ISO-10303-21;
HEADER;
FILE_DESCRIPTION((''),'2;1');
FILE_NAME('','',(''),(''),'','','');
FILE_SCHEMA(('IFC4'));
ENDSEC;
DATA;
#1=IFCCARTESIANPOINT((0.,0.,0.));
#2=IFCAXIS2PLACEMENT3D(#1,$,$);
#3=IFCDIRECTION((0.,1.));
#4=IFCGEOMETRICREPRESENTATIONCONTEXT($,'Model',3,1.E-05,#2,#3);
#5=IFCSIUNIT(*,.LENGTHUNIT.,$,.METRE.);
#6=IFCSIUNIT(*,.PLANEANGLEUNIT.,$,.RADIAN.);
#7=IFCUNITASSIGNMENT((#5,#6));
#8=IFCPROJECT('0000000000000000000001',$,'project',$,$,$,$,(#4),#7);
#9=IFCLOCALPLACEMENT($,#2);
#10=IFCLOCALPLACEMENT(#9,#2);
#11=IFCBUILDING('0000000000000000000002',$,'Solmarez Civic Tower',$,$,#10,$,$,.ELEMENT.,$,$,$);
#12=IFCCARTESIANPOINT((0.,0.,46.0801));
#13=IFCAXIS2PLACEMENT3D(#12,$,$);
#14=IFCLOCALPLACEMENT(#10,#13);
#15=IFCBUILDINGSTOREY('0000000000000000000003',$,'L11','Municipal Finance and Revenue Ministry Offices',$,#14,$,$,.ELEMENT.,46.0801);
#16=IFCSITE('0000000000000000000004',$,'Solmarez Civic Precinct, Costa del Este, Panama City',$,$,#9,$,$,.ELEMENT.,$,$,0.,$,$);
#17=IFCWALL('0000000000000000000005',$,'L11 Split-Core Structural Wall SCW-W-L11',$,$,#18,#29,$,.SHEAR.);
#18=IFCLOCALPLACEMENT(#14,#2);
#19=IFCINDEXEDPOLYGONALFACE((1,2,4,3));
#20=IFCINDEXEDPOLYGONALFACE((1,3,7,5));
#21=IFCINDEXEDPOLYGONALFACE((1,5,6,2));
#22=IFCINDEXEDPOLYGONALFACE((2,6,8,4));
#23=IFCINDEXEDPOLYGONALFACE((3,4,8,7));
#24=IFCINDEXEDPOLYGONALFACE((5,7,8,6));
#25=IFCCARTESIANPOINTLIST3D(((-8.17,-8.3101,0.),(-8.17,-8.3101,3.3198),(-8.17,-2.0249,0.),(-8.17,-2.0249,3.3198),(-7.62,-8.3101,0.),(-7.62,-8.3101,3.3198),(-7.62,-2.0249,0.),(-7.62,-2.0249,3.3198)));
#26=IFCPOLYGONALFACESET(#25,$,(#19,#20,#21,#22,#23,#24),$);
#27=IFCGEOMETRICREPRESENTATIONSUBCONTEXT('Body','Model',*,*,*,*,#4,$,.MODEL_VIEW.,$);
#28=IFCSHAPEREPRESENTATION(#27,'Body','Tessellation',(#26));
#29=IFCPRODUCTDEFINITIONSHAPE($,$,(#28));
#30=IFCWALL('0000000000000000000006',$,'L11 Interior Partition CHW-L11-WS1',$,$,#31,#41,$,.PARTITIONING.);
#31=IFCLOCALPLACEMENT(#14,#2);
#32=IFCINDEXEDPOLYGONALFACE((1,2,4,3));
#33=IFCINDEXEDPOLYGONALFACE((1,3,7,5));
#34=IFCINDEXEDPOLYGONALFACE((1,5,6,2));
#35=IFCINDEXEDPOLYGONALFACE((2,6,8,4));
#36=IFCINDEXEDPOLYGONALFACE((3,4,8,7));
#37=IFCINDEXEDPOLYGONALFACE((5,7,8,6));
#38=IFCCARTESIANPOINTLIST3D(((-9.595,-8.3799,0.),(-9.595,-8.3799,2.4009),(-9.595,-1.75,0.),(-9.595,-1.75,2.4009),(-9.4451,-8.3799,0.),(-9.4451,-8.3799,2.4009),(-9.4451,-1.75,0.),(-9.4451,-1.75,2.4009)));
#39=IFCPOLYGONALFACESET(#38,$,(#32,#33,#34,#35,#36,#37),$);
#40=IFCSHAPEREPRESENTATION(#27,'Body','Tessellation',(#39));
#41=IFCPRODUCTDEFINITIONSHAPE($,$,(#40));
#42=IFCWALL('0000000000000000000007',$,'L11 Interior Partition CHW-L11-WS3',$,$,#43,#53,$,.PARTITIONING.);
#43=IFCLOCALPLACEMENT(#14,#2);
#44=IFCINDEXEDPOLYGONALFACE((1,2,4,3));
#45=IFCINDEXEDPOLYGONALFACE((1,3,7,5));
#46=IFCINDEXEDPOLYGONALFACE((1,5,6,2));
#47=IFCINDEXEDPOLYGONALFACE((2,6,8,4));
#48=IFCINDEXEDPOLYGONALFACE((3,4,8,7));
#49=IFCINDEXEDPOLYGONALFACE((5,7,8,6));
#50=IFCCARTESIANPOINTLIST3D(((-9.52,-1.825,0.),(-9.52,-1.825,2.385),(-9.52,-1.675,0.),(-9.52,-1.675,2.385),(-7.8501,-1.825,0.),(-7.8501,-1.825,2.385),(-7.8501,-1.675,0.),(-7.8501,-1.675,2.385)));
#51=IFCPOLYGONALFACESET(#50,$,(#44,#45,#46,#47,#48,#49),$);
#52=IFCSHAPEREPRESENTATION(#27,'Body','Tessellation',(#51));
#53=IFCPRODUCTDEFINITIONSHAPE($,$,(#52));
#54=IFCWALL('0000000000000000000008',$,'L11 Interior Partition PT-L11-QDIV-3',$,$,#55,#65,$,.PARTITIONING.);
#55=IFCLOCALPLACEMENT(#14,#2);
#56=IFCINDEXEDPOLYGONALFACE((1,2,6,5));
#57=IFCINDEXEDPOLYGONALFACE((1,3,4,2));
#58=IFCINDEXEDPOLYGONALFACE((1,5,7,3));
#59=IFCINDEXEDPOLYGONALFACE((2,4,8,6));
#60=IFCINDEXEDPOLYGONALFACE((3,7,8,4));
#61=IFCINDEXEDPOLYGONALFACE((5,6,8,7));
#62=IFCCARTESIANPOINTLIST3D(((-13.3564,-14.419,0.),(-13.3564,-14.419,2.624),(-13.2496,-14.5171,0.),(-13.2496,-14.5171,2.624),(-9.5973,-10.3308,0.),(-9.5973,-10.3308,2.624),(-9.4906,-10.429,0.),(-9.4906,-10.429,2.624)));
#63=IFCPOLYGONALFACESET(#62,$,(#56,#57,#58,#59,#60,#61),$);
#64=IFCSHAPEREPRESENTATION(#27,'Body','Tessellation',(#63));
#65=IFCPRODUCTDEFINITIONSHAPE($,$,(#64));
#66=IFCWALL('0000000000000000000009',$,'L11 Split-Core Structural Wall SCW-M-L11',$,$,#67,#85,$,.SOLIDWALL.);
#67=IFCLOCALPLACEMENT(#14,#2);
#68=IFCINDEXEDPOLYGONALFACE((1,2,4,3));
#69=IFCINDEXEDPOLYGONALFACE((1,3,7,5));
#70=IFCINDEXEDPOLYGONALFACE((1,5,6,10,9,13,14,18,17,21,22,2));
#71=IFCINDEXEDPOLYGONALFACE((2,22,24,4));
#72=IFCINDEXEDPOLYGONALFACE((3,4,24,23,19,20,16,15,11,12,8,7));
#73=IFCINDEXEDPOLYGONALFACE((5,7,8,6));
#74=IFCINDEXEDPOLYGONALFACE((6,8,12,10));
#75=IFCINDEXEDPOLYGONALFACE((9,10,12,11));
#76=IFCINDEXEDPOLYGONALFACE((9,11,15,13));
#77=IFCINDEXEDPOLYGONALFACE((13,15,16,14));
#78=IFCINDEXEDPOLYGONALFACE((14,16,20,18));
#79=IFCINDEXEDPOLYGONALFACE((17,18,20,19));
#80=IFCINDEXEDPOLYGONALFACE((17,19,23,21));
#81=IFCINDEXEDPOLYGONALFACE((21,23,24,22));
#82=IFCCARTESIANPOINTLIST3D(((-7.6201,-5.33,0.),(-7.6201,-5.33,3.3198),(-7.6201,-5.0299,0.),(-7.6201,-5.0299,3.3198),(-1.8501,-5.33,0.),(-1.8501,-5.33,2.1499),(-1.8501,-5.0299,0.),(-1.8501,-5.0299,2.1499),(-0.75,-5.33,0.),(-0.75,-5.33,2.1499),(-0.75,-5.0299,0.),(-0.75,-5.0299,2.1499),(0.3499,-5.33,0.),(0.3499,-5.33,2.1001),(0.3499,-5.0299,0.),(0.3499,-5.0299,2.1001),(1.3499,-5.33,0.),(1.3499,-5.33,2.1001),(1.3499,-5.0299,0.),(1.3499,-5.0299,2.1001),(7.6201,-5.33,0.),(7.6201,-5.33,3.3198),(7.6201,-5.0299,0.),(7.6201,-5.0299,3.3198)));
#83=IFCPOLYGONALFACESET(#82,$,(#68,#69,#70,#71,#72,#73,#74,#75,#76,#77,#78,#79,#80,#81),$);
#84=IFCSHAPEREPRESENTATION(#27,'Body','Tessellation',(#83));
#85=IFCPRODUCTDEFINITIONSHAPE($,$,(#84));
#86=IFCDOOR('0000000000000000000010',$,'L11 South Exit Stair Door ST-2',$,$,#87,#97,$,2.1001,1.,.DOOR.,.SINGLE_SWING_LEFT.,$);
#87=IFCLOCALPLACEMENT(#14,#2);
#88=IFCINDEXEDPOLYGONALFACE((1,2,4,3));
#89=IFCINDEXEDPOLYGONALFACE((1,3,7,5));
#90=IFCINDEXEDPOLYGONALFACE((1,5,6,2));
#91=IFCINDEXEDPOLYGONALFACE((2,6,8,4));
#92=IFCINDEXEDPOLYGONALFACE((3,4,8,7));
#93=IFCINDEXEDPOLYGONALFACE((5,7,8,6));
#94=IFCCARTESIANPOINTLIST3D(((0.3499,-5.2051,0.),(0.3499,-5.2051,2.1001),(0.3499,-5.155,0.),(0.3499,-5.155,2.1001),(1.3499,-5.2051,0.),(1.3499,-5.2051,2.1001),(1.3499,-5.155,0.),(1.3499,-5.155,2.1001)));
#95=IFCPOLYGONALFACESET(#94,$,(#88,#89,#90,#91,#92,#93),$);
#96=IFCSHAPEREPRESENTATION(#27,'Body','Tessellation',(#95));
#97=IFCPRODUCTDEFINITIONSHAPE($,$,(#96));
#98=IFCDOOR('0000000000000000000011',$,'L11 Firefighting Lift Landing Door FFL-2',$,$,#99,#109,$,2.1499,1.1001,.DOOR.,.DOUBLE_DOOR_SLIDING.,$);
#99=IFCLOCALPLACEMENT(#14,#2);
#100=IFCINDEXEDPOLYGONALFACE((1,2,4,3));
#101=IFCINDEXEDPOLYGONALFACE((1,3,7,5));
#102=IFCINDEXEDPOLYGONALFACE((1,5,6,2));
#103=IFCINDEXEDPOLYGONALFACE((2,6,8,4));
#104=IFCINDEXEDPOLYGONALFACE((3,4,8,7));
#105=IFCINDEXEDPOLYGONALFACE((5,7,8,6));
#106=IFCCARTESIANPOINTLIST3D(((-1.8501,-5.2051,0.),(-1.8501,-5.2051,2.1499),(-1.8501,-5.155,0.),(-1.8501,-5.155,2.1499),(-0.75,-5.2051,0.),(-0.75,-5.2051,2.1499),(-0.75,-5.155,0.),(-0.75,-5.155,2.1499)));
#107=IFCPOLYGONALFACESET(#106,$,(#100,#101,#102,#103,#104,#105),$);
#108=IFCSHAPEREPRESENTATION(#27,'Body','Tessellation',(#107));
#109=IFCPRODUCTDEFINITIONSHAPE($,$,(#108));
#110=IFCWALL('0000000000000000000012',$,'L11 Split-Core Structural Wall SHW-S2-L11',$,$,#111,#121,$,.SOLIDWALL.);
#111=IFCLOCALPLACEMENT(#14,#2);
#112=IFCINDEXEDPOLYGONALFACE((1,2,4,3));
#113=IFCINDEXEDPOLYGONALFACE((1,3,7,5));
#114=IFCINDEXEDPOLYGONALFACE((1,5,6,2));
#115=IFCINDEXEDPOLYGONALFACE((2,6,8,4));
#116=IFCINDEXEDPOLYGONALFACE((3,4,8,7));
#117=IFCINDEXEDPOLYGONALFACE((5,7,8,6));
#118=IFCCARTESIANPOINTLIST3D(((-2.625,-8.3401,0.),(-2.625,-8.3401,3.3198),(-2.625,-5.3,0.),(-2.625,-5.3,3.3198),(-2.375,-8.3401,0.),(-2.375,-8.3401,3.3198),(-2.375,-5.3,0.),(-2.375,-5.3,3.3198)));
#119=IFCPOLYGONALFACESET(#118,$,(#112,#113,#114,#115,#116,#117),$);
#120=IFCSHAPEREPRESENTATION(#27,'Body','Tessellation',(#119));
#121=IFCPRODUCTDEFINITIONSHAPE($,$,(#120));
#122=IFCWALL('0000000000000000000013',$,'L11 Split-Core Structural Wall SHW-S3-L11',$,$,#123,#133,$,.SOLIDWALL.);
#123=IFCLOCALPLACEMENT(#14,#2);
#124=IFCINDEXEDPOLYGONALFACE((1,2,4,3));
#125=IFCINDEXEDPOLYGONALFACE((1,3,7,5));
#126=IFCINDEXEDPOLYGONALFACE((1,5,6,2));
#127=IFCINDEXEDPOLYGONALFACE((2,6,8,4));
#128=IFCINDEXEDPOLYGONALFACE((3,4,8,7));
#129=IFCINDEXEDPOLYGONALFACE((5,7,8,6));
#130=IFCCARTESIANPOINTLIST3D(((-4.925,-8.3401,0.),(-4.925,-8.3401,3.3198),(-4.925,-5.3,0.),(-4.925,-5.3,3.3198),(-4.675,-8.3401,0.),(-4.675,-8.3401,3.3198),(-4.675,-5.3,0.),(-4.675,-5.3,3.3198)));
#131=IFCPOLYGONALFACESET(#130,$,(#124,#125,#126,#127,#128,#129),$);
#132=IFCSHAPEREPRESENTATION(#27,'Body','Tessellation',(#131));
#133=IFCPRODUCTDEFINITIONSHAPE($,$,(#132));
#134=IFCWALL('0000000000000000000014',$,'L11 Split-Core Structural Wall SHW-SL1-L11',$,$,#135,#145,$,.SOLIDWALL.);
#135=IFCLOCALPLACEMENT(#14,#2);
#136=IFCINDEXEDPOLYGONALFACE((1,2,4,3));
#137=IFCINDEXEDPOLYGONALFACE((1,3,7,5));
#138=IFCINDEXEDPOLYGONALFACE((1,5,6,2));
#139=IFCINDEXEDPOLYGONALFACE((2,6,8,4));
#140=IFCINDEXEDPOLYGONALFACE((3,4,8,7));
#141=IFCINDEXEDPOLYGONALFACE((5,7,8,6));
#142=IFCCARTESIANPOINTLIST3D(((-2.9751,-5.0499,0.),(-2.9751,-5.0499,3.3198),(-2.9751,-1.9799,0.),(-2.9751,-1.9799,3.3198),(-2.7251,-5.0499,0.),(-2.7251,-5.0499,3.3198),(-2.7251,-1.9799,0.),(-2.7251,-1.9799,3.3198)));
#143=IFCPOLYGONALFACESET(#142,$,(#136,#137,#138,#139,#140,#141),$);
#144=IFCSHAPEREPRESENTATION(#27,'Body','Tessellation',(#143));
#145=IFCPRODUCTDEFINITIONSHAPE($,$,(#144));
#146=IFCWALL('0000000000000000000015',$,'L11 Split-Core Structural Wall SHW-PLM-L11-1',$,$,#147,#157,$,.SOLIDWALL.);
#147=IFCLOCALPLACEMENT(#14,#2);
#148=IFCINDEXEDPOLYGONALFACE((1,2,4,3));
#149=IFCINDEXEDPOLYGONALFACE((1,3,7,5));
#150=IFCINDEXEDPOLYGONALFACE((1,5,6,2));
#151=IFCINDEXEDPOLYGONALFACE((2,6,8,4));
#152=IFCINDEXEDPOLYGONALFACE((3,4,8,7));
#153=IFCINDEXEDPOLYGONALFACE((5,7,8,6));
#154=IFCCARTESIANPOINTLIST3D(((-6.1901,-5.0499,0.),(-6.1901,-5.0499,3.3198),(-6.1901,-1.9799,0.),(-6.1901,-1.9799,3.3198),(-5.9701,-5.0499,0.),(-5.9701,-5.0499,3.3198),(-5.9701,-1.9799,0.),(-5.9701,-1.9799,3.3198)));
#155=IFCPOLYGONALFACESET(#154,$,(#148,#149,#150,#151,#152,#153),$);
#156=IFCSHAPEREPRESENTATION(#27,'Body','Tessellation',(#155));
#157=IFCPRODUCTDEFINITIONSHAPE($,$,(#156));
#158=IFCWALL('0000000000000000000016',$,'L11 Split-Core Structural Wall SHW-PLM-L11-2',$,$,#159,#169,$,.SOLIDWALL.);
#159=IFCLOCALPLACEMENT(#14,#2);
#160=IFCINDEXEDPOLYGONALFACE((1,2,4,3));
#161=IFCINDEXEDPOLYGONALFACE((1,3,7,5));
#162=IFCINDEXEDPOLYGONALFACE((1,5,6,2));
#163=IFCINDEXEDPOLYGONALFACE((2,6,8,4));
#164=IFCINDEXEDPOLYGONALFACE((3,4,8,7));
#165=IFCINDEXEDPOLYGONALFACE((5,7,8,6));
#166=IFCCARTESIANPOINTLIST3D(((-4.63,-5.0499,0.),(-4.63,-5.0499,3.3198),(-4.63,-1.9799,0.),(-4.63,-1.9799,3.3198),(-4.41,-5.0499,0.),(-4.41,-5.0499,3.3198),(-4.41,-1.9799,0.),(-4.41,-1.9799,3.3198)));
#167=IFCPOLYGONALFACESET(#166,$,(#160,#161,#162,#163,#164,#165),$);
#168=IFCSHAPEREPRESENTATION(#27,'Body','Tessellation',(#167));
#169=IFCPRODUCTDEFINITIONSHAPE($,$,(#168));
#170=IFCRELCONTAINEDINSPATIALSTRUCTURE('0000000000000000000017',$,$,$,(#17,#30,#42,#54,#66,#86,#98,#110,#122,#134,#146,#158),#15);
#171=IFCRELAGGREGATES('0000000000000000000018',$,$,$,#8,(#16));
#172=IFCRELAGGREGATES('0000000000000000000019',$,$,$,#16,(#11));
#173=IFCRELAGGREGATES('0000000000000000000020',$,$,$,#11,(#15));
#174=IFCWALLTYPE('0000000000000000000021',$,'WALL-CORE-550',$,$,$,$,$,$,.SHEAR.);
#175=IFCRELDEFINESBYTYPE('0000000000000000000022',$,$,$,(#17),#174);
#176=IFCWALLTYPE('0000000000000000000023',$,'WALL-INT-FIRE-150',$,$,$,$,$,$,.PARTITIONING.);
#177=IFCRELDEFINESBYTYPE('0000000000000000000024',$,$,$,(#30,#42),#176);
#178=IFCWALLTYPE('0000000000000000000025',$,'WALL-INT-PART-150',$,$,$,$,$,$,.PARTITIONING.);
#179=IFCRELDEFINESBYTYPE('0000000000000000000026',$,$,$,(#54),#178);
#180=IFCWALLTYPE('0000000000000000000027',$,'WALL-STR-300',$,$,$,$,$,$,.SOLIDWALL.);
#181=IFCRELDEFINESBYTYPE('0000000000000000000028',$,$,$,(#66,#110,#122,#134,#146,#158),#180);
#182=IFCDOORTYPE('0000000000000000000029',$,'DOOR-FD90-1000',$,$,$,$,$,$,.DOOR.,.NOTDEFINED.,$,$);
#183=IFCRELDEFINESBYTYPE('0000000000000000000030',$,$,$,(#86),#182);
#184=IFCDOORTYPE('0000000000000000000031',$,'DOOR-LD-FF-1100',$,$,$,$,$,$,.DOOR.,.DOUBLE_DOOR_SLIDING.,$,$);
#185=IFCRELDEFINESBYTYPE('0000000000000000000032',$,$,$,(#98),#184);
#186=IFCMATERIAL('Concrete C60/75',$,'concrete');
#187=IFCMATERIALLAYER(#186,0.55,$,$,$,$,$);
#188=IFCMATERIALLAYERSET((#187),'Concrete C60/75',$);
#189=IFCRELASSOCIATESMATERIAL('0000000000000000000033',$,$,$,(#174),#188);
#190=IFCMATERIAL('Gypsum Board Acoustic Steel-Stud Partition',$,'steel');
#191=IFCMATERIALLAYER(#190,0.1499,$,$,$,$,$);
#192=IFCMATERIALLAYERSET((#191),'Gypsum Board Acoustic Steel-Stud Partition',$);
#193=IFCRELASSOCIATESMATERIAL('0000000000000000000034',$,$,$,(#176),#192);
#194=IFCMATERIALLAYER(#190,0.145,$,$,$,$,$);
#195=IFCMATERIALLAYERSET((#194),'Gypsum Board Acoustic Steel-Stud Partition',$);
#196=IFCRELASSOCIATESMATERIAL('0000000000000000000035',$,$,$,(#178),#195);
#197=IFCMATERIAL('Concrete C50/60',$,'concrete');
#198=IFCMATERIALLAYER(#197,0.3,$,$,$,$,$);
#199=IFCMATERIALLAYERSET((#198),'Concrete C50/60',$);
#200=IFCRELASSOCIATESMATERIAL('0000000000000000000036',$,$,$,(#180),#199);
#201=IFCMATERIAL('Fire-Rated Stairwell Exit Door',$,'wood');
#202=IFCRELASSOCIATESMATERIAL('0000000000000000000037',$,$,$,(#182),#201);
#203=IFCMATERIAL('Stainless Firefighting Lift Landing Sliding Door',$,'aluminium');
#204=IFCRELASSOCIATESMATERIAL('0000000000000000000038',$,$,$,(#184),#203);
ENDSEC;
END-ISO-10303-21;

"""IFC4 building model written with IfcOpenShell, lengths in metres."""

from ifc_helpers import new_model, si_unit, direction, frame, frame_2d, origin, place, context, subcontext, project, spatial, rectangle, extrude, material, layer, layer_set, type_object, element, fill, save


model = new_model("IFC4")

# Units and contexts
model_context = context("Model", 3, precision=1e-05, world=origin(), true_north=direction((0.0, 1.0)))
body_context = subcontext(model_context, "Body", "Model", "MODEL_VIEW")
ifc_project = project(units=[si_unit("LENGTHUNIT", "METRE"), si_unit("PLANEANGLEUNIT", "RADIAN")], contexts=[model_context])

# Site, building, storey
site_placement = place(None, origin())
site = spatial("IfcSite", under=ifc_project, at=site_placement, Name="Solmarez Civic Precinct, Costa del Este, Panama City", CompositionType="ELEMENT", RefElevation=0.0)
building_placement = place(site_placement, origin())
building = spatial("IfcBuilding", under=site, at=building_placement, Name="Solmarez Civic Tower", CompositionType="ELEMENT")
storey_placement = place(building_placement, frame((0.0, 0.0, 46.0801)))
storey = spatial("IfcBuildingStorey", under=building, at=storey_placement, Name="L11", Description="Municipal Finance and Revenue Ministry Offices", CompositionType="ELEMENT", Elevation=46.0801)

# Shared definitions
ifc_material_1 = material(Name="Concrete C60/75", Category="concrete")

# Shared definitions
ifc_layer_1 = layer(ifc_material_1, 0.55)
ifc_layer_set_1 = layer_set([ifc_layer_1], Name="Concrete C60/75")
wall_type_1 = type_object("IfcWallType", Name="WALL-CORE-550", PredefinedType="SHEAR", material=ifc_layer_set_1)

# Walls
wall_1_placement = place(storey_placement, frame((-7.895, -8.3101, 0.0), z_axis=(0.0, 0.0, 1.0), x_axis=(0.0, 1.0, 0.0)))
element("IfcWall", 1, at=wall_1_placement, inside=storey, type_object=wall_type_1, Name="L11 Split-Core Structural Wall SCW-W-L11", PredefinedType="SHEAR", context=body_context, shape_type="SweptSolid", body=[
    extrude(rectangle(XDim=6.2852, YDim=0.55, at=frame_2d((3.1426, 0.0))), origin(), (0.0, 0.0, 1.0), 3.3198),
])
ifc_material_2 = material(Name="Gypsum Board Acoustic Steel-Stud Partition", Category="steel")
ifc_layer_2 = layer(ifc_material_2, 0.1499)
ifc_layer_set_2 = layer_set([ifc_layer_2], Name="Gypsum Board Acoustic Steel-Stud Partition")
wall_type_2 = type_object("IfcWallType", Name="WALL-INT-FIRE-150", PredefinedType="PARTITIONING", material=ifc_layer_set_2)
wall_2_placement = place(storey_placement, frame((-9.52, -8.3799, 0.0), z_axis=(0.0, 0.0, 1.0), x_axis=(0.0, 1.0, 0.0)))
element("IfcWall", 2, at=wall_2_placement, inside=storey, type_object=wall_type_2, Name="L11 Interior Partition CHW-L11-WS1", PredefinedType="PARTITIONING", context=body_context, shape_type="SweptSolid", body=[
    extrude(rectangle(XDim=6.6299, YDim=0.1499, at=frame_2d((3.3149, 0.0))), origin(), (0.0, 0.0, 1.0), 2.4009),
])
wall_3_placement = place(storey_placement, frame((-7.8501, -1.75, 0.0), z_axis=(0.0, 0.0, 1.0), x_axis=(-1.0, 0.0, 0.0)))
element("IfcWall", 3, at=wall_3_placement, inside=storey, type_object=wall_type_2, Name="L11 Interior Partition CHW-L11-WS3", PredefinedType="PARTITIONING", context=body_context, shape_type="SweptSolid", body=[
    extrude(rectangle(XDim=1.6699, YDim=0.1499, at=frame_2d((0.835, 0.0))), origin(), (0.0, 0.0, 1.0), 2.385),
])
ifc_layer_3 = layer(ifc_material_2, 0.145)
ifc_layer_set_3 = layer_set([ifc_layer_3], Name="Gypsum Board Acoustic Steel-Stud Partition")
wall_type_3 = type_object("IfcWallType", Name="WALL-INT-PART-150", PredefinedType="PARTITIONING", material=ifc_layer_set_3)
wall_4_placement = place(storey_placement, frame((-9.5439, -10.3799, 0.0), z_axis=(0.0, 0.0, 1.0), x_axis=(-0.676857, -0.736115, 0.0)))
element("IfcWall", 4, at=wall_4_placement, inside=storey, type_object=wall_type_3, Name="L11 Interior Partition PT-L11-QDIV-3", PredefinedType="PARTITIONING", context=body_context, shape_type="SweptSolid", body=[
    extrude(rectangle(XDim=5.5537, YDim=0.145, at=frame_2d((2.7769, 0.0))), origin(), (0.0, 0.0, 1.0), 2.624),
])

# Wall, openings, doors
ifc_material_3 = material(Name="Concrete C50/60", Category="concrete")
ifc_layer_4 = layer(ifc_material_3, 0.3)
ifc_layer_set_4 = layer_set([ifc_layer_4], Name="Concrete C50/60")
wall_type_4 = type_object("IfcWallType", Name="WALL-STR-300", PredefinedType="SOLIDWALL", material=ifc_layer_set_4)
wall_5_placement = place(storey_placement, frame((-7.6201, -5.1799, 0.0), z_axis=(0.0, 0.0, 1.0), x_axis=(1.0, 0.0, 0.0)))
wall_5 = element("IfcWall", 5, at=wall_5_placement, inside=storey, type_object=wall_type_4, Name="L11 Split-Core Structural Wall SCW-M-L11", PredefinedType="SOLIDWALL", context=body_context, shape_type="SweptSolid", body=[
    extrude(rectangle(XDim=15.2402, YDim=0.3, at=frame_2d((7.6201, 0.0))), origin(), (0.0, 0.0, 1.0), 3.3198),
])
opening_1_placement = place(wall_5_placement, frame((5.77, 0.0, 0.0)))
opening_1 = element("IfcOpeningElement", 6, at=opening_1_placement, cuts=wall_5, PredefinedType="OPENING", context=body_context, shape_type="SweptSolid", body=[
    extrude(rectangle(XDim=1.1001, YDim=2.1499, at=frame_2d((0.55, 1.075))), frame((0.0, 0.1599, 0.0), z_axis=(0.0, -1.0, 0.0), x_axis=(1.0, 0.0, 0.0)), (0.0, 0.0, 1.0), 0.3201),
])
opening_2_placement = place(wall_5_placement, frame((7.97, 0.0, 0.0)))
opening_2 = element("IfcOpeningElement", 7, at=opening_2_placement, cuts=wall_5, PredefinedType="OPENING", context=body_context, shape_type="SweptSolid", body=[
    extrude(rectangle(XDim=1.0, YDim=2.1001, at=frame_2d((0.5, 1.05))), frame((0.0, 0.1599, 0.0), z_axis=(0.0, -1.0, 0.0), x_axis=(1.0, 0.0, 0.0)), (0.0, 0.0, 1.0), 0.3201),
])
ifc_material_4 = material(Name="Fire-Rated Stairwell Exit Door", Category="wood")
door_type_1 = type_object("IfcDoorType", Name="DOOR-FD90-1000", OperationType="NOTDEFINED", PredefinedType="DOOR", material=ifc_material_4)
door_1_placement = place(opening_2_placement, origin())
door_1 = element("IfcDoor", 8, at=door_1_placement, inside=storey, type_object=door_type_1, Name="L11 South Exit Stair Door ST-2", OperationType="SINGLE_SWING_LEFT", OverallHeight=2.1001, OverallWidth=1.0, PredefinedType="DOOR", context=body_context, shape_type="SweptSolid", body=[
    extrude(rectangle(XDim=1.0, YDim=2.1001, at=frame_2d((0.5, 1.05))), frame((0.0, 0.0249, 0.0), z_axis=(0.0, -1.0, 0.0), x_axis=(1.0, 0.0, 0.0)), (0.0, 0.0, 1.0), 0.05),
])
fill(opening_2, door_1)
ifc_material_5 = material(Name="Stainless Firefighting Lift Landing Sliding Door", Category="aluminium")
door_type_2 = type_object("IfcDoorType", Name="DOOR-LD-FF-1100", OperationType="DOUBLE_DOOR_SLIDING", PredefinedType="DOOR", material=ifc_material_5)
door_2_placement = place(opening_1_placement, origin())
door_2 = element("IfcDoor", 9, at=door_2_placement, inside=storey, type_object=door_type_2, Name="L11 Firefighting Lift Landing Door FFL-2", OperationType="DOUBLE_DOOR_SLIDING", OverallHeight=2.1499, OverallWidth=1.1001, PredefinedType="DOOR", context=body_context, shape_type="SweptSolid", body=[
    extrude(rectangle(XDim=1.1001, YDim=2.1499, at=frame_2d((0.55, 1.075))), frame((0.0, 0.0249, 0.0), z_axis=(0.0, -1.0, 0.0), x_axis=(1.0, 0.0, 0.0)), (0.0, 0.0, 1.0), 0.05),
])
fill(opening_1, door_2)

# Walls
for number, where, z_axis, x_axis, name in (
    (10, (-2.5, -8.3401, 0.0), (0.0, 0.0, 1.0), (0.0, 1.0, 0.0), "L11 Split-Core Structural Wall SHW-S2-L11"),
    (11, (-4.8, -8.3401, 0.0), (0.0, 0.0, 1.0), (0.0, 1.0, 0.0), "L11 Split-Core Structural Wall SHW-S3-L11"),
):
    element("IfcWall", number, at=place(storey_placement, frame(where, z_axis=z_axis, x_axis=x_axis)), inside=storey, type_object=wall_type_4, Name=name, PredefinedType="SOLIDWALL", context=body_context, shape_type="SweptSolid", body=[
        extrude(rectangle(XDim=3.04, YDim=0.25, at=frame_2d((1.52, 0.0))), origin(), (0.0, 0.0, 1.0), 3.3198),
    ])
wall_6_placement = place(storey_placement, frame((-2.8501, -5.05, 0.0), z_axis=(0.0, 0.0, 1.0), x_axis=(0.0, 1.0, 0.0)))
element("IfcWall", 12, at=wall_6_placement, inside=storey, type_object=wall_type_4, Name="L11 Split-Core Structural Wall SHW-SL1-L11", PredefinedType="SOLIDWALL", context=body_context, shape_type="SweptSolid", body=[
    extrude(rectangle(XDim=3.0701, YDim=0.25, at=frame_2d((1.5352, 0.0))), origin(), (0.0, 0.0, 1.0), 3.3198),
])
for number, where, z_axis, x_axis, name in (
    (13, (-6.0801, -5.05, 0.0), (0.0, 0.0, 1.0), (0.0, 1.0, 0.0), "L11 Split-Core Structural Wall SHW-PLM-L11-1"),
    (14, (-4.52, -5.05, 0.0), (0.0, 0.0, 1.0), (0.0, 1.0, 0.0), "L11 Split-Core Structural Wall SHW-PLM-L11-2"),
):
    element("IfcWall", number, at=place(storey_placement, frame(where, z_axis=z_axis, x_axis=x_axis)), inside=storey, type_object=wall_type_4, Name=name, PredefinedType="SOLIDWALL", context=body_context, shape_type="SweptSolid", body=[
        extrude(rectangle(XDim=3.0701, YDim=0.22, at=frame_2d((1.5352, 0.0))), origin(), (0.0, 0.0, 1.0), 3.3198),
    ])

save(model, "model.ifc")
